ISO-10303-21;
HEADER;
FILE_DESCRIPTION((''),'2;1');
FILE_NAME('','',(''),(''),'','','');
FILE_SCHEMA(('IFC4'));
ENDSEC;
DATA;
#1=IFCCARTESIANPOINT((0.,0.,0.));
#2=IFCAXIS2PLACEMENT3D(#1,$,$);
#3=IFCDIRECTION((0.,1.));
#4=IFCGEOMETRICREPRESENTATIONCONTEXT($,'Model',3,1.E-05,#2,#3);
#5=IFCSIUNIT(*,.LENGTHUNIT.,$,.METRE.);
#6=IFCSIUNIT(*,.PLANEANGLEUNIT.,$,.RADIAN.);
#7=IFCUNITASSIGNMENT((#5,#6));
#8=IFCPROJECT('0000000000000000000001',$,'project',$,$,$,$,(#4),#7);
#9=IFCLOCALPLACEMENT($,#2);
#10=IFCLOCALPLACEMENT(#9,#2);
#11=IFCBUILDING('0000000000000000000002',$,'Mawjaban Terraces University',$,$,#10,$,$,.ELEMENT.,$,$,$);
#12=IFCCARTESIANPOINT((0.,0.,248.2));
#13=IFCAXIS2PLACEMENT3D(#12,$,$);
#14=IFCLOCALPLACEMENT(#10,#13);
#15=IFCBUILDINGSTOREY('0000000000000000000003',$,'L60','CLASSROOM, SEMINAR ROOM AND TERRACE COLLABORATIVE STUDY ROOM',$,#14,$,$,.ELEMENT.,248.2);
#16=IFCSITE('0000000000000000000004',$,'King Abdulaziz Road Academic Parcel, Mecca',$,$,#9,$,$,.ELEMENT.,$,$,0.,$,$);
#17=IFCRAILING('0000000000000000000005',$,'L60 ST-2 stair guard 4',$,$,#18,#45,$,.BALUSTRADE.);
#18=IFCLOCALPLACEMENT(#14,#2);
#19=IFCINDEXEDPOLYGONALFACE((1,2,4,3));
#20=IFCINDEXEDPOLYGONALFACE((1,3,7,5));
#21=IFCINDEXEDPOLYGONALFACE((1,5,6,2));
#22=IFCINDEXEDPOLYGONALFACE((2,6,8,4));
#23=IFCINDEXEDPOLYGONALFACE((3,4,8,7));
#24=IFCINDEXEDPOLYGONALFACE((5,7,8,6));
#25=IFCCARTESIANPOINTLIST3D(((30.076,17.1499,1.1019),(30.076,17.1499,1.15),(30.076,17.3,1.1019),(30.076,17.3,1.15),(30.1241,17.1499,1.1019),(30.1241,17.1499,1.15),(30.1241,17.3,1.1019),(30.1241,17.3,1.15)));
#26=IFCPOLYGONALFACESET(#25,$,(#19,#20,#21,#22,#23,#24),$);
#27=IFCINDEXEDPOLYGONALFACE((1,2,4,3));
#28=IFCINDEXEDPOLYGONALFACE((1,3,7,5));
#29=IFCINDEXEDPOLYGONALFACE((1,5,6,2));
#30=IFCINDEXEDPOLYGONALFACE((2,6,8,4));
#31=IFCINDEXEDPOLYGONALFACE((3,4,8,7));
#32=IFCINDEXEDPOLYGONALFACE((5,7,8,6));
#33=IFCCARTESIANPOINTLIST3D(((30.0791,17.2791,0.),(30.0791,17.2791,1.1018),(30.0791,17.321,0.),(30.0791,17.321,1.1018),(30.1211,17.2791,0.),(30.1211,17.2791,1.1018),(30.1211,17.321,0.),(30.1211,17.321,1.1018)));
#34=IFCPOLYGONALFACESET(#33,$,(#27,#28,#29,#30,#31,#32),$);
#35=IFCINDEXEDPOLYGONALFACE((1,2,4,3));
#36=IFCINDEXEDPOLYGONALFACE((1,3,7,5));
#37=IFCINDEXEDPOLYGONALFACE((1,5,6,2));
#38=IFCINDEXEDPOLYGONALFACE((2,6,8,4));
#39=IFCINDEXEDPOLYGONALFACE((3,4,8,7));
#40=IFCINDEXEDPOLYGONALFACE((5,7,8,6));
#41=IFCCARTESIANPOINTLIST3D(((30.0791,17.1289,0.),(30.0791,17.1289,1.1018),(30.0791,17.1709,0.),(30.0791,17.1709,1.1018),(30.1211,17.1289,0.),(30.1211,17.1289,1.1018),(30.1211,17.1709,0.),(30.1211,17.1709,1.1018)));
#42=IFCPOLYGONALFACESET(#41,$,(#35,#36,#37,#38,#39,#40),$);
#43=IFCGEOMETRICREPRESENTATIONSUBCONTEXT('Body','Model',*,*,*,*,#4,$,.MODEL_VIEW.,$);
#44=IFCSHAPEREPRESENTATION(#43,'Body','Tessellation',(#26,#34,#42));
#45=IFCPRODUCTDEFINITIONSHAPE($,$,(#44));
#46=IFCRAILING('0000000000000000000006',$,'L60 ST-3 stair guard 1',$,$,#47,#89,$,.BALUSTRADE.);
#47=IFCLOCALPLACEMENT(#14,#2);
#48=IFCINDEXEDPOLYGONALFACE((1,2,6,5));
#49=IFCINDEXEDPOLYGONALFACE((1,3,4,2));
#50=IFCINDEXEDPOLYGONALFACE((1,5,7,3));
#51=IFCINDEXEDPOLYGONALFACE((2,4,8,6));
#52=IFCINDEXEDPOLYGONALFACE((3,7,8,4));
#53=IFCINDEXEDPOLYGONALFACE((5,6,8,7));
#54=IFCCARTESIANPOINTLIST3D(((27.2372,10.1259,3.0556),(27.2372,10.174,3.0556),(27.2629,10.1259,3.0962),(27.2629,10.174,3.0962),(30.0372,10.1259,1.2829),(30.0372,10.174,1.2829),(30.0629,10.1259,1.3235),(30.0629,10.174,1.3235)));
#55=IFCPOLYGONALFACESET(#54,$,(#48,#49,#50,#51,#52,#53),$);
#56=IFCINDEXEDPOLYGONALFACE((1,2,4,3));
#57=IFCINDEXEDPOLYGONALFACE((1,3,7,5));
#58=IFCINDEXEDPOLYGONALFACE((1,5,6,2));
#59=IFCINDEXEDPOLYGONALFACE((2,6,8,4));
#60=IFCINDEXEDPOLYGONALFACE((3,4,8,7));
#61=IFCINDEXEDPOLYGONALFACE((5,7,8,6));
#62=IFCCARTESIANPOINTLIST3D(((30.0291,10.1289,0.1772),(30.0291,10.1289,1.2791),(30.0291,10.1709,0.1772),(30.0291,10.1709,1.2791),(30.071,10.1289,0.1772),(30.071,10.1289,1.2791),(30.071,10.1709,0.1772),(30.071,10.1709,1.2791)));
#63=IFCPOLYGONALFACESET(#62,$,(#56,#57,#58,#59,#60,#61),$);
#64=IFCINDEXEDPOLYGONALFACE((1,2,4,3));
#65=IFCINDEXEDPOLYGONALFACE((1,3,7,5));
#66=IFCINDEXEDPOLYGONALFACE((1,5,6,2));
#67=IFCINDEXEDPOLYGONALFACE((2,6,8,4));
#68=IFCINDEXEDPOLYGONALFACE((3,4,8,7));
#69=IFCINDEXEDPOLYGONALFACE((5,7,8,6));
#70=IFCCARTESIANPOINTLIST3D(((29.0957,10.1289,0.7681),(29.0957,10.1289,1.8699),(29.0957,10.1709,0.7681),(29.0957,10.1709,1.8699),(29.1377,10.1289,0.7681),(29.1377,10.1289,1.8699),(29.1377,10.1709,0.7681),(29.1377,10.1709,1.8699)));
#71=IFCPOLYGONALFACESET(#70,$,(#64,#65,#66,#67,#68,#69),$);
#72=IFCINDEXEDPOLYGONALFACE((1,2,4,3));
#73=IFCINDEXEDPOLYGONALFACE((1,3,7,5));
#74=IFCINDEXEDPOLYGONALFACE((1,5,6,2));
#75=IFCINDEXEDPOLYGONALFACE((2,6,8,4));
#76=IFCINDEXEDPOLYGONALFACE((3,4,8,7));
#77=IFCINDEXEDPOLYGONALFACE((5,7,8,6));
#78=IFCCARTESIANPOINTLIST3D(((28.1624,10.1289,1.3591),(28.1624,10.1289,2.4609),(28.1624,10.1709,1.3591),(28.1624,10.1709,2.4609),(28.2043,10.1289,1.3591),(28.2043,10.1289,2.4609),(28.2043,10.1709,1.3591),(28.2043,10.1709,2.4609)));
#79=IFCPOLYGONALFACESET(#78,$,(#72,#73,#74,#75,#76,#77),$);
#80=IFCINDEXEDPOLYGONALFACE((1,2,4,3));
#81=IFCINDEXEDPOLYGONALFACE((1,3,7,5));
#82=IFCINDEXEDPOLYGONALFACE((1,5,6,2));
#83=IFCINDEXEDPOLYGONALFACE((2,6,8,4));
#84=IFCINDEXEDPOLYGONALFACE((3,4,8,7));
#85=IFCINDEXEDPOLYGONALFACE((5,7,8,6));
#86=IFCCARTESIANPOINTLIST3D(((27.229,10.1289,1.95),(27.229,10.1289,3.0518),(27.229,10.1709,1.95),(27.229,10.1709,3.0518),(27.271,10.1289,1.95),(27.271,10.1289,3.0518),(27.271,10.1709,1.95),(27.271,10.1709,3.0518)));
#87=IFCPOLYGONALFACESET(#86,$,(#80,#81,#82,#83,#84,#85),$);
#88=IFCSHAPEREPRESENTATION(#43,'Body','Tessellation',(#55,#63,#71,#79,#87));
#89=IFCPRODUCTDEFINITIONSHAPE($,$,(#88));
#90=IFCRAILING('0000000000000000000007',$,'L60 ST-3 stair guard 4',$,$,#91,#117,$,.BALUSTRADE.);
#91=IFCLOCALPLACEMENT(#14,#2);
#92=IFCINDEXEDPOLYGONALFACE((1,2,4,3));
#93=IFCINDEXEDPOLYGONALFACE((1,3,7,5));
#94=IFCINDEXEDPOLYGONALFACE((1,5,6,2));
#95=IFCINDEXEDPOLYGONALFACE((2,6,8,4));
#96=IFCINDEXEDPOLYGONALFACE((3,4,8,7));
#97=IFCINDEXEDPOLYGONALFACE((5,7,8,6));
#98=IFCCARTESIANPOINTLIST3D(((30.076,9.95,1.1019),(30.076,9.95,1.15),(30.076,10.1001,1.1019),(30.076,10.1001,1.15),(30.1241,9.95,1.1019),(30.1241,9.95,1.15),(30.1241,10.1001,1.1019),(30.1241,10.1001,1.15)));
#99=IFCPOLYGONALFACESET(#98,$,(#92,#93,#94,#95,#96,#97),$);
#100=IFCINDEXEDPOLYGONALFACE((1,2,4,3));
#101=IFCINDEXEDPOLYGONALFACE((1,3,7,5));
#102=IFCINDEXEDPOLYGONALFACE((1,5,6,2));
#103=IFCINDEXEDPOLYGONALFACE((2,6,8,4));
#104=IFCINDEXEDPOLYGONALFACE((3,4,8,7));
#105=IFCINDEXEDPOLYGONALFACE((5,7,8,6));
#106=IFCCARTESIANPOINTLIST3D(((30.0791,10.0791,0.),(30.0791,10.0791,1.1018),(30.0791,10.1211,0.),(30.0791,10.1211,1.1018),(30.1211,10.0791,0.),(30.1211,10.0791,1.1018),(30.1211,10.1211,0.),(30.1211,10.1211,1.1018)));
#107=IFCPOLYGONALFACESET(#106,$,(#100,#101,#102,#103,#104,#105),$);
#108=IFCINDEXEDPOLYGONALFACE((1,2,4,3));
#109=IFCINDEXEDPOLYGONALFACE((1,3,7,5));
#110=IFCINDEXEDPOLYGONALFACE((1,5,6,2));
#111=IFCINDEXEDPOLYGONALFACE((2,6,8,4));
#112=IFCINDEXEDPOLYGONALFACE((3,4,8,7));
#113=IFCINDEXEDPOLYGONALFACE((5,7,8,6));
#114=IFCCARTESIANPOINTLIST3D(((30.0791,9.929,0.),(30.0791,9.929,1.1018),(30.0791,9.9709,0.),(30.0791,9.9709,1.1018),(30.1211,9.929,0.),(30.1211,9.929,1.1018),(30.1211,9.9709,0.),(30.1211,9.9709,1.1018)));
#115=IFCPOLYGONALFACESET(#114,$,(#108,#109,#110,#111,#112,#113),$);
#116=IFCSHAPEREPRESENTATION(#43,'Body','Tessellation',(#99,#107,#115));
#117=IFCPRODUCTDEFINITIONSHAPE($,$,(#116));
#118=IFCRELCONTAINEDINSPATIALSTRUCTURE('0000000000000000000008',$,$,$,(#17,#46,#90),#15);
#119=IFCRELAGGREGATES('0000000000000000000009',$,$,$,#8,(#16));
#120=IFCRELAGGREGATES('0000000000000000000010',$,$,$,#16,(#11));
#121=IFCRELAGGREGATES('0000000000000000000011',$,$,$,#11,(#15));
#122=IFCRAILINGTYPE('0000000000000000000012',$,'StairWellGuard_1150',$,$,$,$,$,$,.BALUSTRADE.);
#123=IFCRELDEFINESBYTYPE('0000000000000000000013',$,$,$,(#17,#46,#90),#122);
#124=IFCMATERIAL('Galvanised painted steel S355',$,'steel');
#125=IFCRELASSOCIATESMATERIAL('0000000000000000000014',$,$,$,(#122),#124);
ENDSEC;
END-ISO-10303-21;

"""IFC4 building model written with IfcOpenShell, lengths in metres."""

from ifc_helpers import new_model, si_unit, direction, frame, origin, origin_2d, place, context, subcontext, project, spatial, rectangle, extrude, material, type_object, element, save


model = new_model("IFC4")

# Units and contexts
model_context = context("Model", 3, precision=1e-05, world=origin(), true_north=direction((0.0, 1.0)))
body_context = subcontext(model_context, "Body", "Model", "MODEL_VIEW")
ifc_project = project(units=[si_unit("LENGTHUNIT", "METRE"), si_unit("PLANEANGLEUNIT", "RADIAN")], contexts=[model_context])

# Site, building, storey
site_placement = place(None, origin())
site = spatial("IfcSite", under=ifc_project, at=site_placement, Name="King Abdulaziz Road Academic Parcel, Mecca", CompositionType="ELEMENT", RefElevation=0.0)
building_placement = place(site_placement, origin())
building = spatial("IfcBuilding", under=site, at=building_placement, Name="Mawjaban Terraces University", CompositionType="ELEMENT")
storey_placement = place(building_placement, frame((0.0, 0.0, 248.2)))
storey = spatial("IfcBuildingStorey", under=building, at=storey_placement, Name="L60", Description="CLASSROOM, SEMINAR ROOM AND TERRACE COLLABORATIVE STUDY ROOM", CompositionType="ELEMENT", Elevation=248.2)

# Railings
ifc_material_1 = material(Name="Galvanised painted steel S355", Category="steel")
railing_type_1 = type_object("IfcRailingType", Name="StairWellGuard_1150", PredefinedType="BALUSTRADE", material=ifc_material_1)
railing_1_placement = place(storey_placement, frame((30.1001, 17.3, 0.0)))
element("IfcRailing", 1, at=railing_1_placement, inside=storey, type_object=railing_type_1, Name="L60 ST-2 stair guard 4", PredefinedType="BALUSTRADE", context=body_context, shape_type="SweptSolid", body=[
    extrude(rectangle(XDim=0.0481, YDim=0.0481, at=origin_2d()), frame((0.0, 0.0, 1.126), z_axis=(0.0, -1.0, 0.0), x_axis=(1.0, 0.0, 0.0)), (0.0, 0.0, 1.0), 0.1501),
    extrude(rectangle(XDim=0.042, YDim=0.042, at=origin_2d()), origin(), (0.0, 0.0, 1.0), 1.1018),
    extrude(rectangle(XDim=0.042, YDim=0.042, at=origin_2d()), frame((0.0, -0.1501, 0.0)), (0.0, 0.0, 1.0), 1.1018),
])
railing_2_placement = place(storey_placement, frame((30.05, 10.1499, 0.1772)))
element("IfcRailing", 2, at=railing_2_placement, inside=storey, type_object=railing_type_1, Name="L60 ST-3 stair guard 1", PredefinedType="BALUSTRADE", context=body_context, shape_type="SweptSolid", body=[
    extrude(rectangle(XDim=0.0481, YDim=0.0481, at=origin_2d()), frame((0.0, 0.0, 1.126), z_axis=(-0.844909, 0.0, 0.53491), x_axis=(0.0, -1.0, 0.0)), (0.0, 0.0, 1.0), 3.314),
    extrude(rectangle(XDim=0.042, YDim=0.042, at=origin_2d()), origin(), (0.0, 0.0, 1.0), 1.1018),
    extrude(rectangle(XDim=0.042, YDim=0.042, at=origin_2d()), frame((-0.9333, 0.0, 0.5908)), (0.0, 0.0, 1.0), 1.1018),
    extrude(rectangle(XDim=0.042, YDim=0.042, at=origin_2d()), frame((-1.8667, 0.0, 1.1819)), (0.0, 0.0, 1.0), 1.1018),
    extrude(rectangle(XDim=0.042, YDim=0.042, at=origin_2d()), frame((-2.8, 0.0, 1.7727)), (0.0, 0.0, 1.0), 1.1018),
])
railing_3_placement = place(storey_placement, frame((30.1001, 10.1001, 0.0)))
element("IfcRailing", 3, at=railing_3_placement, inside=storey, type_object=railing_type_1, Name="L60 ST-3 stair guard 4", PredefinedType="BALUSTRADE", context=body_context, shape_type="SweptSolid", body=[
    extrude(rectangle(XDim=0.0481, YDim=0.0481, at=origin_2d()), frame((0.0, 0.0, 1.126), z_axis=(0.0, -1.0, 0.0), x_axis=(1.0, 0.0, 0.0)), (0.0, 0.0, 1.0), 0.1501),
    extrude(rectangle(XDim=0.042, YDim=0.042, at=origin_2d()), origin(), (0.0, 0.0, 1.0), 1.1018),
    extrude(rectangle(XDim=0.042, YDim=0.042, at=origin_2d()), frame((0.0, -0.1501, 0.0)), (0.0, 0.0, 1.0), 1.1018),
])

save(model, "model.ifc")
